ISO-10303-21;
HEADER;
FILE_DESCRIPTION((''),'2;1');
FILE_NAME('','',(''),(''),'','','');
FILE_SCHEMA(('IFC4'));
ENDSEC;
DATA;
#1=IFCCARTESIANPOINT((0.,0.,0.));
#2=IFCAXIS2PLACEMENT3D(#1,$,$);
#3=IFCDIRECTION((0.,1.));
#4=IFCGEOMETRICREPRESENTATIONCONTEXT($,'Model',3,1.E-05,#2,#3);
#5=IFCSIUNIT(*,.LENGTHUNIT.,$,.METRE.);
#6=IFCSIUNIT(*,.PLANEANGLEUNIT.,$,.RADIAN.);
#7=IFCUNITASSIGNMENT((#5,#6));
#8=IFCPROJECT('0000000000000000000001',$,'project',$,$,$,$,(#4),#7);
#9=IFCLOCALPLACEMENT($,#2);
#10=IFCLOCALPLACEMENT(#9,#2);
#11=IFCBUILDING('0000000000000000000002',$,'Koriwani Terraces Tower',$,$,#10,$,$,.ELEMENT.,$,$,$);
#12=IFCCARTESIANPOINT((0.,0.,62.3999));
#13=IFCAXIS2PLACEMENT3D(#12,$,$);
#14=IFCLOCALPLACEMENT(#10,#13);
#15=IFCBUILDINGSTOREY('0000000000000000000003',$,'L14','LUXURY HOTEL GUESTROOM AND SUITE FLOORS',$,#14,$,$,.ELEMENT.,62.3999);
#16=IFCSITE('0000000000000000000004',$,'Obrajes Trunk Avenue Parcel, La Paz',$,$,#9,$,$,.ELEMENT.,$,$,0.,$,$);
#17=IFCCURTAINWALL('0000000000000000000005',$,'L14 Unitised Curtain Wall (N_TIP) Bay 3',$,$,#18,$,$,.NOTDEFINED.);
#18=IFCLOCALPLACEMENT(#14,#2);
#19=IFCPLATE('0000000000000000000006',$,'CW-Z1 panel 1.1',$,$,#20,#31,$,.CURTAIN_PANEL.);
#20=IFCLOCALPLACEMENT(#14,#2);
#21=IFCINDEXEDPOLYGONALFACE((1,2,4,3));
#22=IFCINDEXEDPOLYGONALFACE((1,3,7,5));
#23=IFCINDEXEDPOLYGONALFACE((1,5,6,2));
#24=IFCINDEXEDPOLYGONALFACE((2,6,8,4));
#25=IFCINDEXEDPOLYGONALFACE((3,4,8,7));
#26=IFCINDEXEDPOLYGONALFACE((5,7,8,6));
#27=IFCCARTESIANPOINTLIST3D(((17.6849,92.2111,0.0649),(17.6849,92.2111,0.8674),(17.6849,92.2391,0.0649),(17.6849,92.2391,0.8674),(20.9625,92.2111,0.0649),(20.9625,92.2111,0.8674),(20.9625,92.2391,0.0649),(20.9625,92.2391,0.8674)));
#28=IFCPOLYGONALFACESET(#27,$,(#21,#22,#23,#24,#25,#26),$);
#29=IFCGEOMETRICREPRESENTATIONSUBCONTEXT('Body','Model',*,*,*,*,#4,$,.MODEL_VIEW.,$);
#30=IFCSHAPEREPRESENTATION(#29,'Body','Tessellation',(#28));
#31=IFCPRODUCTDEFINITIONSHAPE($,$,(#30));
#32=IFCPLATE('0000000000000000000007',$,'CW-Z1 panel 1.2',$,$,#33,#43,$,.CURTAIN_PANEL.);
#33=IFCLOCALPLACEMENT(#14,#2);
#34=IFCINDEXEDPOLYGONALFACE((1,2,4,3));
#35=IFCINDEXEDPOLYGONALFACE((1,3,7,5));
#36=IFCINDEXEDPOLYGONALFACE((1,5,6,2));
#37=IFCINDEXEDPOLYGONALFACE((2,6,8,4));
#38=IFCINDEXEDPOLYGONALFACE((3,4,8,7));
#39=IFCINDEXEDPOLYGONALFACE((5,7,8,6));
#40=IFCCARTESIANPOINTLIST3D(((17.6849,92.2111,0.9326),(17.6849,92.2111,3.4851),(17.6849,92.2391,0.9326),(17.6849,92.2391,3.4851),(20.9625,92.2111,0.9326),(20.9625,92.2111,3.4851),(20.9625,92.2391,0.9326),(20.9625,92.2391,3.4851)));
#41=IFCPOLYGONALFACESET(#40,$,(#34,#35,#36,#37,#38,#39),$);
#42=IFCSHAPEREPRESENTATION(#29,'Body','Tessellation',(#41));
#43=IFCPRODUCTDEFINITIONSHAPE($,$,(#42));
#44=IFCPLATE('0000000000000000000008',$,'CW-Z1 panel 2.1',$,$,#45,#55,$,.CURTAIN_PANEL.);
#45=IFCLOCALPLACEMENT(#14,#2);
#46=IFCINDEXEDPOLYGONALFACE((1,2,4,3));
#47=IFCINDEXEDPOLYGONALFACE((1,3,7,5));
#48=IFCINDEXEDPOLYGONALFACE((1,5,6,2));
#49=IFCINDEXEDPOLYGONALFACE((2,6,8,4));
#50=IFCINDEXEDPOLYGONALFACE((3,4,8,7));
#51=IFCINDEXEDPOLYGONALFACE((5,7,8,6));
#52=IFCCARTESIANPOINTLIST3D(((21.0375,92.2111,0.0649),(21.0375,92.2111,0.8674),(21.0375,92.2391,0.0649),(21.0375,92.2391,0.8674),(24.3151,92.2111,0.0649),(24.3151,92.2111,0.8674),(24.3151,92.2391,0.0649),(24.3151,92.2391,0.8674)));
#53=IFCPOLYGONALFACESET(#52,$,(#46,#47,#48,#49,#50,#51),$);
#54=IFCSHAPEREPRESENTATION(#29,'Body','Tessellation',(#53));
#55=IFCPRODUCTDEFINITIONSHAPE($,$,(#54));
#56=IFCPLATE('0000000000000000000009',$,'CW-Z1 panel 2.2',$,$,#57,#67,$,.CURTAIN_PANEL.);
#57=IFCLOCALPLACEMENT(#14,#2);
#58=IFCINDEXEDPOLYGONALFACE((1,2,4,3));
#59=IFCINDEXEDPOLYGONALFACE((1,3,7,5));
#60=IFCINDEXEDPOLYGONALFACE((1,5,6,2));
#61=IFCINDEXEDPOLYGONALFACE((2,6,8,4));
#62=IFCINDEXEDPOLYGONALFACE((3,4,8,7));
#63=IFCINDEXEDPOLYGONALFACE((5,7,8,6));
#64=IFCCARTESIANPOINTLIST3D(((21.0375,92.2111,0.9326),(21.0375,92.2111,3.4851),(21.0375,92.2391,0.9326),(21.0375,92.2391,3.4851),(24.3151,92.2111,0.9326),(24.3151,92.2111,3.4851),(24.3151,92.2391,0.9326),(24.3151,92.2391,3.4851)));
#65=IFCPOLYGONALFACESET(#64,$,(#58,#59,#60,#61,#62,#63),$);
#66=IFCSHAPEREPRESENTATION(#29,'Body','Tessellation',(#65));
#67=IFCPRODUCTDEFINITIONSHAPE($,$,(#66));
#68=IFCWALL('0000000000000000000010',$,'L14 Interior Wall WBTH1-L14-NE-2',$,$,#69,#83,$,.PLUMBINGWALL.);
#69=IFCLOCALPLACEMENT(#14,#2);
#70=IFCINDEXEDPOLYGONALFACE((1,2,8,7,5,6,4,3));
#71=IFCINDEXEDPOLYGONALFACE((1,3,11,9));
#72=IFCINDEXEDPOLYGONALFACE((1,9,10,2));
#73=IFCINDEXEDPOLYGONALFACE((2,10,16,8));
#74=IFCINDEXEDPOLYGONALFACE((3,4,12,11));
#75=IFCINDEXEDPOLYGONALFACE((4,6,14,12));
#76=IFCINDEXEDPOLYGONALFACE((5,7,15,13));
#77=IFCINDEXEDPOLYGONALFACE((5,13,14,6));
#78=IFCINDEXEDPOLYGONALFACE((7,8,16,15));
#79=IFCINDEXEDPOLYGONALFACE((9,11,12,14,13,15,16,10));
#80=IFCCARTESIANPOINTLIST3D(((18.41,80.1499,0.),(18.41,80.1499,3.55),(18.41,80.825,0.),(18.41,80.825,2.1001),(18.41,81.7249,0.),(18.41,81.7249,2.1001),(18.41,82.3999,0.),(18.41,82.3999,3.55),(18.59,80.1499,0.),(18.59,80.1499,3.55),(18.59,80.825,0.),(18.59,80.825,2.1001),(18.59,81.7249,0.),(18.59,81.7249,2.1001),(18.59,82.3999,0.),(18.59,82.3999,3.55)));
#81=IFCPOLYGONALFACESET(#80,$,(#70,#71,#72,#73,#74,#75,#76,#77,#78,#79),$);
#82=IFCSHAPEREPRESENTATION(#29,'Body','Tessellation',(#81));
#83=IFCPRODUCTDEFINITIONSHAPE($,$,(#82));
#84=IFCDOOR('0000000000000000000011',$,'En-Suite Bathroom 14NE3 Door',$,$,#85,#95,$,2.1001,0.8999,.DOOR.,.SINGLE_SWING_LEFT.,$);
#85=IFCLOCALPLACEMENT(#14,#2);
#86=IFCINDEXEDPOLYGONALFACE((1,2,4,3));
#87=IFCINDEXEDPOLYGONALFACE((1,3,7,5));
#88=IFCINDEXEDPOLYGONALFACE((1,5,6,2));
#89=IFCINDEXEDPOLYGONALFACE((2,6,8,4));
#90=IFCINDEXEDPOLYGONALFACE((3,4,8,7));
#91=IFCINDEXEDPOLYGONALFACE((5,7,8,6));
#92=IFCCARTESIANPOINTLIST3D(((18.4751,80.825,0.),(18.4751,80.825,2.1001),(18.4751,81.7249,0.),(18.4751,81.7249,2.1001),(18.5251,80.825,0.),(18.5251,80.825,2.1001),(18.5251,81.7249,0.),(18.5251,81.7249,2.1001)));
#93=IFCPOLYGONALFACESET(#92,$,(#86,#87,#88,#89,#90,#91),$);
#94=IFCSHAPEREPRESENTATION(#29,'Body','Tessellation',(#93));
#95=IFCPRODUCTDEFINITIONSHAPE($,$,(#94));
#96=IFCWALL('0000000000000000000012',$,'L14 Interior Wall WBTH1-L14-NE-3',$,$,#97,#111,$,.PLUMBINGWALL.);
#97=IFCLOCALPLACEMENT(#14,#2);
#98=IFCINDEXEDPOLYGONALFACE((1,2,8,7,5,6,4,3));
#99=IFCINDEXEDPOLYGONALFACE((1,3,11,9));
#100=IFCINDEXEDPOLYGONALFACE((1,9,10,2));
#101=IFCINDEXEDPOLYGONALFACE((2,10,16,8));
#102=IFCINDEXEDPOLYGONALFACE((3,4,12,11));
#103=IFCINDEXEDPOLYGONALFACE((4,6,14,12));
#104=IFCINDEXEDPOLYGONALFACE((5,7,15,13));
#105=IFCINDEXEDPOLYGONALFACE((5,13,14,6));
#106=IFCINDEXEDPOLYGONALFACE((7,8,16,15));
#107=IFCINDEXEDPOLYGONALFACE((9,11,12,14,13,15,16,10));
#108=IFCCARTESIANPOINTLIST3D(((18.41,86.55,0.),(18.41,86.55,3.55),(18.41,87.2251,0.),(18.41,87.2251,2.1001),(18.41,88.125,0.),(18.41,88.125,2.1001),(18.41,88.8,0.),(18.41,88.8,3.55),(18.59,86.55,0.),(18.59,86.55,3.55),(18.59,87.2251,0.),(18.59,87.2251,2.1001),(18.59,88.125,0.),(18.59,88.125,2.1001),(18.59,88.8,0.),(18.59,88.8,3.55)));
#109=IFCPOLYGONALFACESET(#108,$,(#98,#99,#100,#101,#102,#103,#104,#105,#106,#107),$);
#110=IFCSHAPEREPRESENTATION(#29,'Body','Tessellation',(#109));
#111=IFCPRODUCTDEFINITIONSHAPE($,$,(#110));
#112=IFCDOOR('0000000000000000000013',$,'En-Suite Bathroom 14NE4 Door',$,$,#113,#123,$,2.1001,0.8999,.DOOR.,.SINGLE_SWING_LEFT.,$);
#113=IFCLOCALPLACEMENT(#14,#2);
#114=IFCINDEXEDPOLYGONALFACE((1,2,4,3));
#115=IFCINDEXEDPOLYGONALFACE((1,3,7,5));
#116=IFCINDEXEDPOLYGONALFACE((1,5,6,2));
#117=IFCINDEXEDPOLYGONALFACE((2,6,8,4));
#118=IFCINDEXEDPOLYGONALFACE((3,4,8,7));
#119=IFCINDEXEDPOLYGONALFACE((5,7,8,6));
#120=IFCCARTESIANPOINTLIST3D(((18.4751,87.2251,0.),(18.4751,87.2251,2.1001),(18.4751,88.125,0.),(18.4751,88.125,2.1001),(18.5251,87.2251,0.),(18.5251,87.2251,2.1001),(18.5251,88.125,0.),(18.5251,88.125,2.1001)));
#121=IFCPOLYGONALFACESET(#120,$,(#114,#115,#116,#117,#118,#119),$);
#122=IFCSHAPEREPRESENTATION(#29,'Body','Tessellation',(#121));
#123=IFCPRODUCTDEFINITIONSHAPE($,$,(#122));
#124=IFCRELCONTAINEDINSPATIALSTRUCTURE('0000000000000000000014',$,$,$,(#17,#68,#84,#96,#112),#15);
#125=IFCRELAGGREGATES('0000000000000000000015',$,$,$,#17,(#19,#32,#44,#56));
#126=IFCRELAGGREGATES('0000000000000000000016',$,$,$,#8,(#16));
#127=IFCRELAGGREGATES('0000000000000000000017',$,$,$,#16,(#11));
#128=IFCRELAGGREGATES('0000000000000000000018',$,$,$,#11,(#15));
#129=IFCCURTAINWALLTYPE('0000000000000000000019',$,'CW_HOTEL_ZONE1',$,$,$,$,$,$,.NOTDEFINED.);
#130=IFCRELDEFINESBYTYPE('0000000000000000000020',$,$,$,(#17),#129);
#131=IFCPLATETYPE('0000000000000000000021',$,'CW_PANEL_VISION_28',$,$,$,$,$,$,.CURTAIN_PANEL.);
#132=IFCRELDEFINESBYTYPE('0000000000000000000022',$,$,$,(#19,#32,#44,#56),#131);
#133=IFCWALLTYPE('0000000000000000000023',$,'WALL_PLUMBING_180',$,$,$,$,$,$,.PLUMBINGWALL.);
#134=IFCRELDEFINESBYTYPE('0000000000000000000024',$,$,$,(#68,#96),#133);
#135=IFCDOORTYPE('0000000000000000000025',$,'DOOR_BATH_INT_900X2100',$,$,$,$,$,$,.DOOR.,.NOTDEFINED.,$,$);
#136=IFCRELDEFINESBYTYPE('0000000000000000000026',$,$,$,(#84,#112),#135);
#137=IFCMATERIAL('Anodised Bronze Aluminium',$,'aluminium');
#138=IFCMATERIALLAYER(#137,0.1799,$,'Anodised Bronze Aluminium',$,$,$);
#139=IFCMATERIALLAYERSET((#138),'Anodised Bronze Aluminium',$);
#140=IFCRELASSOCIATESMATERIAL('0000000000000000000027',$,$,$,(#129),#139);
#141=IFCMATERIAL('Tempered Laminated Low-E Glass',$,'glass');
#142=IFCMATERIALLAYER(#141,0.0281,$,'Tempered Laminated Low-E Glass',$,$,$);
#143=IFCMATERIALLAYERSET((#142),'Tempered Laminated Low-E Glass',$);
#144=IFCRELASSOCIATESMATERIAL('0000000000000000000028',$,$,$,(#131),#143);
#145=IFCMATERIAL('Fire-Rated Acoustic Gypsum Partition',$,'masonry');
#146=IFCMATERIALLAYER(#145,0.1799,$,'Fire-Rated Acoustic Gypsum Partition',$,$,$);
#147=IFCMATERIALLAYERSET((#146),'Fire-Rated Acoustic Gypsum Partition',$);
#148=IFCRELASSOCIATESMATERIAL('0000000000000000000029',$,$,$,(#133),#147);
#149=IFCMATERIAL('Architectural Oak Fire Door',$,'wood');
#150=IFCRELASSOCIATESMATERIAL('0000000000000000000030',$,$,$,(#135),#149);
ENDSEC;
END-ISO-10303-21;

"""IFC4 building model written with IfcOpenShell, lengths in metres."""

from ifc_helpers import new_model, si_unit, direction, frame, frame_2d, origin, origin_2d, place, context, subcontext, project, spatial, rectangle, extrude, material, layer, layer_set, type_object, element, fill, aggregate, save


model = new_model("IFC4")

# Units and contexts
model_context = context("Model", 3, precision=1e-05, world=origin(), true_north=direction((0.0, 1.0)))
body_context = subcontext(model_context, "Body", "Model", "MODEL_VIEW")
ifc_project = project(units=[si_unit("LENGTHUNIT", "METRE"), si_unit("PLANEANGLEUNIT", "RADIAN")], contexts=[model_context])

# Site, building, storey
site_placement = place(None, origin())
site = spatial("IfcSite", under=ifc_project, at=site_placement, Name="Obrajes Trunk Avenue Parcel, La Paz", CompositionType="ELEMENT", RefElevation=0.0)
building_placement = place(site_placement, origin())
building = spatial("IfcBuilding", under=site, at=building_placement, Name="Koriwani Terraces Tower", CompositionType="ELEMENT")
storey_placement = place(building_placement, frame((0.0, 0.0, 62.3999)))
storey = spatial("IfcBuildingStorey", under=building, at=storey_placement, Name="L14", Description="LUXURY HOTEL GUESTROOM AND SUITE FLOORS", CompositionType="ELEMENT", Elevation=62.3999)

# Curtain wall
ifc_material_1 = material(Name="Anodised Bronze Aluminium", Category="aluminium")
ifc_layer_1 = layer(ifc_material_1, 0.1799, Name="Anodised Bronze Aluminium")
ifc_layer_set_1 = layer_set([ifc_layer_1], Name="Anodised Bronze Aluminium")
curtain_wall_type = type_object("IfcCurtainWallType", Name="CW_HOTEL_ZONE1", PredefinedType="NOTDEFINED", material=ifc_layer_set_1)
curtain_wall_placement = place(storey_placement, origin())
curtain_wall = element("IfcCurtainWall", 1, at=curtain_wall_placement, inside=storey, type_object=curtain_wall_type, Name="L14 Unitised Curtain Wall (N_TIP) Bay 3", PredefinedType="NOTDEFINED")

# Plates
ifc_material_2 = material(Name="Tempered Laminated Low-E Glass", Category="glass")
ifc_layer_2 = layer(ifc_material_2, 0.0281, Name="Tempered Laminated Low-E Glass")
ifc_layer_set_2 = layer_set([ifc_layer_2], Name="Tempered Laminated Low-E Glass")
plate_type = type_object("IfcPlateType", Name="CW_PANEL_VISION_28", PredefinedType="CURTAIN_PANEL", material=ifc_layer_set_2)
plate_1_placement = place(storey_placement, frame((19.3237, 92.2251, 0.0649), z_axis=(0.0, 0.0, 1.0), x_axis=(1.0, 0.0, 0.0)))
plate_1 = element("IfcPlate", 2, at=plate_1_placement, type_object=plate_type, Name="CW-Z1 panel 1.1", PredefinedType="CURTAIN_PANEL", context=body_context, shape_type="SweptSolid", body=[
    extrude(rectangle(XDim=3.2776, YDim=0.0281, at=origin_2d()), origin(), (0.0, 0.0, 1.0), 0.8025),
])
plate_2_placement = place(storey_placement, frame((19.3237, 92.2251, 0.9326), z_axis=(0.0, 0.0, 1.0), x_axis=(1.0, 0.0, 0.0)))
plate_2 = element("IfcPlate", 3, at=plate_2_placement, type_object=plate_type, Name="CW-Z1 panel 1.2", PredefinedType="CURTAIN_PANEL", context=body_context, shape_type="SweptSolid", body=[
    extrude(rectangle(XDim=3.2776, YDim=0.0281, at=origin_2d()), origin(), (0.0, 0.0, 1.0), 2.5525),
])
plate_3_placement = place(storey_placement, frame((22.6763, 92.2251, 0.0649), z_axis=(0.0, 0.0, 1.0), x_axis=(1.0, 0.0, 0.0)))
plate_3 = element("IfcPlate", 4, at=plate_3_placement, type_object=plate_type, Name="CW-Z1 panel 2.1", PredefinedType="CURTAIN_PANEL", context=body_context, shape_type="SweptSolid", body=[
    extrude(rectangle(XDim=3.2776, YDim=0.0281, at=origin_2d()), origin(), (0.0, 0.0, 1.0), 0.8025),
])
plate_4_placement = place(storey_placement, frame((22.6763, 92.2251, 0.9326), z_axis=(0.0, 0.0, 1.0), x_axis=(1.0, 0.0, 0.0)))
plate_4 = element("IfcPlate", 5, at=plate_4_placement, type_object=plate_type, Name="CW-Z1 panel 2.2", PredefinedType="CURTAIN_PANEL", context=body_context, shape_type="SweptSolid", body=[
    extrude(rectangle(XDim=3.2776, YDim=0.0281, at=origin_2d()), origin(), (0.0, 0.0, 1.0), 2.5525),
])
aggregate(curtain_wall, [plate_1, plate_2, plate_3, plate_4])

# Walls, openings, doors
ifc_material_3 = material(Name="Fire-Rated Acoustic Gypsum Partition", Category="masonry")
ifc_layer_3 = layer(ifc_material_3, 0.1799, Name="Fire-Rated Acoustic Gypsum Partition")
ifc_layer_set_3 = layer_set([ifc_layer_3], Name="Fire-Rated Acoustic Gypsum Partition")
wall_type = type_object("IfcWallType", Name="WALL_PLUMBING_180", PredefinedType="PLUMBINGWALL", material=ifc_layer_set_3)
wall_1_placement = place(storey_placement, frame((18.5, 80.1499, 0.0), z_axis=(0.0, 0.0, 1.0), x_axis=(0.0, 1.0, 0.0)))
wall_1 = element("IfcWall", 6, at=wall_1_placement, inside=storey, type_object=wall_type, Name="L14 Interior Wall WBTH1-L14-NE-2", PredefinedType="PLUMBINGWALL", context=body_context, shape_type="SweptSolid", body=[
    extrude(rectangle(XDim=2.25, YDim=0.1799, at=frame_2d((1.125, 0.0))), origin(), (0.0, 0.0, 1.0), 3.55),
])
opening_1_placement = place(wall_1_placement, frame((0.675, 0.0, 0.0)))
opening_1 = element("IfcOpeningElement", 7, at=opening_1_placement, cuts=wall_1, PredefinedType="OPENING", context=body_context, shape_type="SweptSolid", body=[
    extrude(rectangle(XDim=0.8999, YDim=2.1001, at=frame_2d((0.45, 1.05))), frame((0.0, 0.1001, 0.0), z_axis=(0.0, -1.0, 0.0), x_axis=(1.0, 0.0, 0.0)), (0.0, 0.0, 1.0), 0.2),
])
ifc_material_4 = material(Name="Architectural Oak Fire Door", Category="wood")
door_type = type_object("IfcDoorType", Name="DOOR_BATH_INT_900X2100", OperationType="NOTDEFINED", PredefinedType="DOOR", material=ifc_material_4)
door_1_placement = place(opening_1_placement, origin())
door_1 = element("IfcDoor", 8, at=door_1_placement, inside=storey, type_object=door_type, Name="En-Suite Bathroom 14NE3 Door", OperationType="SINGLE_SWING_LEFT", OverallHeight=2.1001, OverallWidth=0.8999, PredefinedType="DOOR", context=body_context, shape_type="SweptSolid", body=[
    extrude(rectangle(XDim=0.8999, YDim=2.1001, at=frame_2d((0.45, 1.05))), frame((0.0, 0.0249, 0.0), z_axis=(0.0, -1.0, 0.0), x_axis=(1.0, 0.0, 0.0)), (0.0, 0.0, 1.0), 0.05),
])
fill(opening_1, door_1)
wall_2_placement = place(storey_placement, frame((18.5, 86.55, 0.0), z_axis=(0.0, 0.0, 1.0), x_axis=(0.0, 1.0, 0.0)))
wall_2 = element("IfcWall", 9, at=wall_2_placement, inside=storey, type_object=wall_type, Name="L14 Interior Wall WBTH1-L14-NE-3", PredefinedType="PLUMBINGWALL", context=body_context, shape_type="SweptSolid", body=[
    extrude(rectangle(XDim=2.25, YDim=0.1799, at=frame_2d((1.125, 0.0))), origin(), (0.0, 0.0, 1.0), 3.55),
])
opening_2_placement = place(wall_2_placement, frame((0.675, 0.0, 0.0)))
opening_2 = element("IfcOpeningElement", 10, at=opening_2_placement, cuts=wall_2, PredefinedType="OPENING", context=body_context, shape_type="SweptSolid", body=[
    extrude(rectangle(XDim=0.8999, YDim=2.1001, at=frame_2d((0.45, 1.05))), frame((0.0, 0.1001, 0.0), z_axis=(0.0, -1.0, 0.0), x_axis=(1.0, 0.0, 0.0)), (0.0, 0.0, 1.0), 0.2),
])
door_2_placement = place(opening_2_placement, origin())
door_2 = element("IfcDoor", 11, at=door_2_placement, inside=storey, type_object=door_type, Name="En-Suite Bathroom 14NE4 Door", OperationType="SINGLE_SWING_LEFT", OverallHeight=2.1001, OverallWidth=0.8999, PredefinedType="DOOR", context=body_context, shape_type="SweptSolid", body=[
    extrude(rectangle(XDim=0.8999, YDim=2.1001, at=frame_2d((0.45, 1.05))), frame((0.0, 0.0249, 0.0), z_axis=(0.0, -1.0, 0.0), x_axis=(1.0, 0.0, 0.0)), (0.0, 0.0, 1.0), 0.05),
])
fill(opening_2, door_2)

save(model, "model.ifc")
